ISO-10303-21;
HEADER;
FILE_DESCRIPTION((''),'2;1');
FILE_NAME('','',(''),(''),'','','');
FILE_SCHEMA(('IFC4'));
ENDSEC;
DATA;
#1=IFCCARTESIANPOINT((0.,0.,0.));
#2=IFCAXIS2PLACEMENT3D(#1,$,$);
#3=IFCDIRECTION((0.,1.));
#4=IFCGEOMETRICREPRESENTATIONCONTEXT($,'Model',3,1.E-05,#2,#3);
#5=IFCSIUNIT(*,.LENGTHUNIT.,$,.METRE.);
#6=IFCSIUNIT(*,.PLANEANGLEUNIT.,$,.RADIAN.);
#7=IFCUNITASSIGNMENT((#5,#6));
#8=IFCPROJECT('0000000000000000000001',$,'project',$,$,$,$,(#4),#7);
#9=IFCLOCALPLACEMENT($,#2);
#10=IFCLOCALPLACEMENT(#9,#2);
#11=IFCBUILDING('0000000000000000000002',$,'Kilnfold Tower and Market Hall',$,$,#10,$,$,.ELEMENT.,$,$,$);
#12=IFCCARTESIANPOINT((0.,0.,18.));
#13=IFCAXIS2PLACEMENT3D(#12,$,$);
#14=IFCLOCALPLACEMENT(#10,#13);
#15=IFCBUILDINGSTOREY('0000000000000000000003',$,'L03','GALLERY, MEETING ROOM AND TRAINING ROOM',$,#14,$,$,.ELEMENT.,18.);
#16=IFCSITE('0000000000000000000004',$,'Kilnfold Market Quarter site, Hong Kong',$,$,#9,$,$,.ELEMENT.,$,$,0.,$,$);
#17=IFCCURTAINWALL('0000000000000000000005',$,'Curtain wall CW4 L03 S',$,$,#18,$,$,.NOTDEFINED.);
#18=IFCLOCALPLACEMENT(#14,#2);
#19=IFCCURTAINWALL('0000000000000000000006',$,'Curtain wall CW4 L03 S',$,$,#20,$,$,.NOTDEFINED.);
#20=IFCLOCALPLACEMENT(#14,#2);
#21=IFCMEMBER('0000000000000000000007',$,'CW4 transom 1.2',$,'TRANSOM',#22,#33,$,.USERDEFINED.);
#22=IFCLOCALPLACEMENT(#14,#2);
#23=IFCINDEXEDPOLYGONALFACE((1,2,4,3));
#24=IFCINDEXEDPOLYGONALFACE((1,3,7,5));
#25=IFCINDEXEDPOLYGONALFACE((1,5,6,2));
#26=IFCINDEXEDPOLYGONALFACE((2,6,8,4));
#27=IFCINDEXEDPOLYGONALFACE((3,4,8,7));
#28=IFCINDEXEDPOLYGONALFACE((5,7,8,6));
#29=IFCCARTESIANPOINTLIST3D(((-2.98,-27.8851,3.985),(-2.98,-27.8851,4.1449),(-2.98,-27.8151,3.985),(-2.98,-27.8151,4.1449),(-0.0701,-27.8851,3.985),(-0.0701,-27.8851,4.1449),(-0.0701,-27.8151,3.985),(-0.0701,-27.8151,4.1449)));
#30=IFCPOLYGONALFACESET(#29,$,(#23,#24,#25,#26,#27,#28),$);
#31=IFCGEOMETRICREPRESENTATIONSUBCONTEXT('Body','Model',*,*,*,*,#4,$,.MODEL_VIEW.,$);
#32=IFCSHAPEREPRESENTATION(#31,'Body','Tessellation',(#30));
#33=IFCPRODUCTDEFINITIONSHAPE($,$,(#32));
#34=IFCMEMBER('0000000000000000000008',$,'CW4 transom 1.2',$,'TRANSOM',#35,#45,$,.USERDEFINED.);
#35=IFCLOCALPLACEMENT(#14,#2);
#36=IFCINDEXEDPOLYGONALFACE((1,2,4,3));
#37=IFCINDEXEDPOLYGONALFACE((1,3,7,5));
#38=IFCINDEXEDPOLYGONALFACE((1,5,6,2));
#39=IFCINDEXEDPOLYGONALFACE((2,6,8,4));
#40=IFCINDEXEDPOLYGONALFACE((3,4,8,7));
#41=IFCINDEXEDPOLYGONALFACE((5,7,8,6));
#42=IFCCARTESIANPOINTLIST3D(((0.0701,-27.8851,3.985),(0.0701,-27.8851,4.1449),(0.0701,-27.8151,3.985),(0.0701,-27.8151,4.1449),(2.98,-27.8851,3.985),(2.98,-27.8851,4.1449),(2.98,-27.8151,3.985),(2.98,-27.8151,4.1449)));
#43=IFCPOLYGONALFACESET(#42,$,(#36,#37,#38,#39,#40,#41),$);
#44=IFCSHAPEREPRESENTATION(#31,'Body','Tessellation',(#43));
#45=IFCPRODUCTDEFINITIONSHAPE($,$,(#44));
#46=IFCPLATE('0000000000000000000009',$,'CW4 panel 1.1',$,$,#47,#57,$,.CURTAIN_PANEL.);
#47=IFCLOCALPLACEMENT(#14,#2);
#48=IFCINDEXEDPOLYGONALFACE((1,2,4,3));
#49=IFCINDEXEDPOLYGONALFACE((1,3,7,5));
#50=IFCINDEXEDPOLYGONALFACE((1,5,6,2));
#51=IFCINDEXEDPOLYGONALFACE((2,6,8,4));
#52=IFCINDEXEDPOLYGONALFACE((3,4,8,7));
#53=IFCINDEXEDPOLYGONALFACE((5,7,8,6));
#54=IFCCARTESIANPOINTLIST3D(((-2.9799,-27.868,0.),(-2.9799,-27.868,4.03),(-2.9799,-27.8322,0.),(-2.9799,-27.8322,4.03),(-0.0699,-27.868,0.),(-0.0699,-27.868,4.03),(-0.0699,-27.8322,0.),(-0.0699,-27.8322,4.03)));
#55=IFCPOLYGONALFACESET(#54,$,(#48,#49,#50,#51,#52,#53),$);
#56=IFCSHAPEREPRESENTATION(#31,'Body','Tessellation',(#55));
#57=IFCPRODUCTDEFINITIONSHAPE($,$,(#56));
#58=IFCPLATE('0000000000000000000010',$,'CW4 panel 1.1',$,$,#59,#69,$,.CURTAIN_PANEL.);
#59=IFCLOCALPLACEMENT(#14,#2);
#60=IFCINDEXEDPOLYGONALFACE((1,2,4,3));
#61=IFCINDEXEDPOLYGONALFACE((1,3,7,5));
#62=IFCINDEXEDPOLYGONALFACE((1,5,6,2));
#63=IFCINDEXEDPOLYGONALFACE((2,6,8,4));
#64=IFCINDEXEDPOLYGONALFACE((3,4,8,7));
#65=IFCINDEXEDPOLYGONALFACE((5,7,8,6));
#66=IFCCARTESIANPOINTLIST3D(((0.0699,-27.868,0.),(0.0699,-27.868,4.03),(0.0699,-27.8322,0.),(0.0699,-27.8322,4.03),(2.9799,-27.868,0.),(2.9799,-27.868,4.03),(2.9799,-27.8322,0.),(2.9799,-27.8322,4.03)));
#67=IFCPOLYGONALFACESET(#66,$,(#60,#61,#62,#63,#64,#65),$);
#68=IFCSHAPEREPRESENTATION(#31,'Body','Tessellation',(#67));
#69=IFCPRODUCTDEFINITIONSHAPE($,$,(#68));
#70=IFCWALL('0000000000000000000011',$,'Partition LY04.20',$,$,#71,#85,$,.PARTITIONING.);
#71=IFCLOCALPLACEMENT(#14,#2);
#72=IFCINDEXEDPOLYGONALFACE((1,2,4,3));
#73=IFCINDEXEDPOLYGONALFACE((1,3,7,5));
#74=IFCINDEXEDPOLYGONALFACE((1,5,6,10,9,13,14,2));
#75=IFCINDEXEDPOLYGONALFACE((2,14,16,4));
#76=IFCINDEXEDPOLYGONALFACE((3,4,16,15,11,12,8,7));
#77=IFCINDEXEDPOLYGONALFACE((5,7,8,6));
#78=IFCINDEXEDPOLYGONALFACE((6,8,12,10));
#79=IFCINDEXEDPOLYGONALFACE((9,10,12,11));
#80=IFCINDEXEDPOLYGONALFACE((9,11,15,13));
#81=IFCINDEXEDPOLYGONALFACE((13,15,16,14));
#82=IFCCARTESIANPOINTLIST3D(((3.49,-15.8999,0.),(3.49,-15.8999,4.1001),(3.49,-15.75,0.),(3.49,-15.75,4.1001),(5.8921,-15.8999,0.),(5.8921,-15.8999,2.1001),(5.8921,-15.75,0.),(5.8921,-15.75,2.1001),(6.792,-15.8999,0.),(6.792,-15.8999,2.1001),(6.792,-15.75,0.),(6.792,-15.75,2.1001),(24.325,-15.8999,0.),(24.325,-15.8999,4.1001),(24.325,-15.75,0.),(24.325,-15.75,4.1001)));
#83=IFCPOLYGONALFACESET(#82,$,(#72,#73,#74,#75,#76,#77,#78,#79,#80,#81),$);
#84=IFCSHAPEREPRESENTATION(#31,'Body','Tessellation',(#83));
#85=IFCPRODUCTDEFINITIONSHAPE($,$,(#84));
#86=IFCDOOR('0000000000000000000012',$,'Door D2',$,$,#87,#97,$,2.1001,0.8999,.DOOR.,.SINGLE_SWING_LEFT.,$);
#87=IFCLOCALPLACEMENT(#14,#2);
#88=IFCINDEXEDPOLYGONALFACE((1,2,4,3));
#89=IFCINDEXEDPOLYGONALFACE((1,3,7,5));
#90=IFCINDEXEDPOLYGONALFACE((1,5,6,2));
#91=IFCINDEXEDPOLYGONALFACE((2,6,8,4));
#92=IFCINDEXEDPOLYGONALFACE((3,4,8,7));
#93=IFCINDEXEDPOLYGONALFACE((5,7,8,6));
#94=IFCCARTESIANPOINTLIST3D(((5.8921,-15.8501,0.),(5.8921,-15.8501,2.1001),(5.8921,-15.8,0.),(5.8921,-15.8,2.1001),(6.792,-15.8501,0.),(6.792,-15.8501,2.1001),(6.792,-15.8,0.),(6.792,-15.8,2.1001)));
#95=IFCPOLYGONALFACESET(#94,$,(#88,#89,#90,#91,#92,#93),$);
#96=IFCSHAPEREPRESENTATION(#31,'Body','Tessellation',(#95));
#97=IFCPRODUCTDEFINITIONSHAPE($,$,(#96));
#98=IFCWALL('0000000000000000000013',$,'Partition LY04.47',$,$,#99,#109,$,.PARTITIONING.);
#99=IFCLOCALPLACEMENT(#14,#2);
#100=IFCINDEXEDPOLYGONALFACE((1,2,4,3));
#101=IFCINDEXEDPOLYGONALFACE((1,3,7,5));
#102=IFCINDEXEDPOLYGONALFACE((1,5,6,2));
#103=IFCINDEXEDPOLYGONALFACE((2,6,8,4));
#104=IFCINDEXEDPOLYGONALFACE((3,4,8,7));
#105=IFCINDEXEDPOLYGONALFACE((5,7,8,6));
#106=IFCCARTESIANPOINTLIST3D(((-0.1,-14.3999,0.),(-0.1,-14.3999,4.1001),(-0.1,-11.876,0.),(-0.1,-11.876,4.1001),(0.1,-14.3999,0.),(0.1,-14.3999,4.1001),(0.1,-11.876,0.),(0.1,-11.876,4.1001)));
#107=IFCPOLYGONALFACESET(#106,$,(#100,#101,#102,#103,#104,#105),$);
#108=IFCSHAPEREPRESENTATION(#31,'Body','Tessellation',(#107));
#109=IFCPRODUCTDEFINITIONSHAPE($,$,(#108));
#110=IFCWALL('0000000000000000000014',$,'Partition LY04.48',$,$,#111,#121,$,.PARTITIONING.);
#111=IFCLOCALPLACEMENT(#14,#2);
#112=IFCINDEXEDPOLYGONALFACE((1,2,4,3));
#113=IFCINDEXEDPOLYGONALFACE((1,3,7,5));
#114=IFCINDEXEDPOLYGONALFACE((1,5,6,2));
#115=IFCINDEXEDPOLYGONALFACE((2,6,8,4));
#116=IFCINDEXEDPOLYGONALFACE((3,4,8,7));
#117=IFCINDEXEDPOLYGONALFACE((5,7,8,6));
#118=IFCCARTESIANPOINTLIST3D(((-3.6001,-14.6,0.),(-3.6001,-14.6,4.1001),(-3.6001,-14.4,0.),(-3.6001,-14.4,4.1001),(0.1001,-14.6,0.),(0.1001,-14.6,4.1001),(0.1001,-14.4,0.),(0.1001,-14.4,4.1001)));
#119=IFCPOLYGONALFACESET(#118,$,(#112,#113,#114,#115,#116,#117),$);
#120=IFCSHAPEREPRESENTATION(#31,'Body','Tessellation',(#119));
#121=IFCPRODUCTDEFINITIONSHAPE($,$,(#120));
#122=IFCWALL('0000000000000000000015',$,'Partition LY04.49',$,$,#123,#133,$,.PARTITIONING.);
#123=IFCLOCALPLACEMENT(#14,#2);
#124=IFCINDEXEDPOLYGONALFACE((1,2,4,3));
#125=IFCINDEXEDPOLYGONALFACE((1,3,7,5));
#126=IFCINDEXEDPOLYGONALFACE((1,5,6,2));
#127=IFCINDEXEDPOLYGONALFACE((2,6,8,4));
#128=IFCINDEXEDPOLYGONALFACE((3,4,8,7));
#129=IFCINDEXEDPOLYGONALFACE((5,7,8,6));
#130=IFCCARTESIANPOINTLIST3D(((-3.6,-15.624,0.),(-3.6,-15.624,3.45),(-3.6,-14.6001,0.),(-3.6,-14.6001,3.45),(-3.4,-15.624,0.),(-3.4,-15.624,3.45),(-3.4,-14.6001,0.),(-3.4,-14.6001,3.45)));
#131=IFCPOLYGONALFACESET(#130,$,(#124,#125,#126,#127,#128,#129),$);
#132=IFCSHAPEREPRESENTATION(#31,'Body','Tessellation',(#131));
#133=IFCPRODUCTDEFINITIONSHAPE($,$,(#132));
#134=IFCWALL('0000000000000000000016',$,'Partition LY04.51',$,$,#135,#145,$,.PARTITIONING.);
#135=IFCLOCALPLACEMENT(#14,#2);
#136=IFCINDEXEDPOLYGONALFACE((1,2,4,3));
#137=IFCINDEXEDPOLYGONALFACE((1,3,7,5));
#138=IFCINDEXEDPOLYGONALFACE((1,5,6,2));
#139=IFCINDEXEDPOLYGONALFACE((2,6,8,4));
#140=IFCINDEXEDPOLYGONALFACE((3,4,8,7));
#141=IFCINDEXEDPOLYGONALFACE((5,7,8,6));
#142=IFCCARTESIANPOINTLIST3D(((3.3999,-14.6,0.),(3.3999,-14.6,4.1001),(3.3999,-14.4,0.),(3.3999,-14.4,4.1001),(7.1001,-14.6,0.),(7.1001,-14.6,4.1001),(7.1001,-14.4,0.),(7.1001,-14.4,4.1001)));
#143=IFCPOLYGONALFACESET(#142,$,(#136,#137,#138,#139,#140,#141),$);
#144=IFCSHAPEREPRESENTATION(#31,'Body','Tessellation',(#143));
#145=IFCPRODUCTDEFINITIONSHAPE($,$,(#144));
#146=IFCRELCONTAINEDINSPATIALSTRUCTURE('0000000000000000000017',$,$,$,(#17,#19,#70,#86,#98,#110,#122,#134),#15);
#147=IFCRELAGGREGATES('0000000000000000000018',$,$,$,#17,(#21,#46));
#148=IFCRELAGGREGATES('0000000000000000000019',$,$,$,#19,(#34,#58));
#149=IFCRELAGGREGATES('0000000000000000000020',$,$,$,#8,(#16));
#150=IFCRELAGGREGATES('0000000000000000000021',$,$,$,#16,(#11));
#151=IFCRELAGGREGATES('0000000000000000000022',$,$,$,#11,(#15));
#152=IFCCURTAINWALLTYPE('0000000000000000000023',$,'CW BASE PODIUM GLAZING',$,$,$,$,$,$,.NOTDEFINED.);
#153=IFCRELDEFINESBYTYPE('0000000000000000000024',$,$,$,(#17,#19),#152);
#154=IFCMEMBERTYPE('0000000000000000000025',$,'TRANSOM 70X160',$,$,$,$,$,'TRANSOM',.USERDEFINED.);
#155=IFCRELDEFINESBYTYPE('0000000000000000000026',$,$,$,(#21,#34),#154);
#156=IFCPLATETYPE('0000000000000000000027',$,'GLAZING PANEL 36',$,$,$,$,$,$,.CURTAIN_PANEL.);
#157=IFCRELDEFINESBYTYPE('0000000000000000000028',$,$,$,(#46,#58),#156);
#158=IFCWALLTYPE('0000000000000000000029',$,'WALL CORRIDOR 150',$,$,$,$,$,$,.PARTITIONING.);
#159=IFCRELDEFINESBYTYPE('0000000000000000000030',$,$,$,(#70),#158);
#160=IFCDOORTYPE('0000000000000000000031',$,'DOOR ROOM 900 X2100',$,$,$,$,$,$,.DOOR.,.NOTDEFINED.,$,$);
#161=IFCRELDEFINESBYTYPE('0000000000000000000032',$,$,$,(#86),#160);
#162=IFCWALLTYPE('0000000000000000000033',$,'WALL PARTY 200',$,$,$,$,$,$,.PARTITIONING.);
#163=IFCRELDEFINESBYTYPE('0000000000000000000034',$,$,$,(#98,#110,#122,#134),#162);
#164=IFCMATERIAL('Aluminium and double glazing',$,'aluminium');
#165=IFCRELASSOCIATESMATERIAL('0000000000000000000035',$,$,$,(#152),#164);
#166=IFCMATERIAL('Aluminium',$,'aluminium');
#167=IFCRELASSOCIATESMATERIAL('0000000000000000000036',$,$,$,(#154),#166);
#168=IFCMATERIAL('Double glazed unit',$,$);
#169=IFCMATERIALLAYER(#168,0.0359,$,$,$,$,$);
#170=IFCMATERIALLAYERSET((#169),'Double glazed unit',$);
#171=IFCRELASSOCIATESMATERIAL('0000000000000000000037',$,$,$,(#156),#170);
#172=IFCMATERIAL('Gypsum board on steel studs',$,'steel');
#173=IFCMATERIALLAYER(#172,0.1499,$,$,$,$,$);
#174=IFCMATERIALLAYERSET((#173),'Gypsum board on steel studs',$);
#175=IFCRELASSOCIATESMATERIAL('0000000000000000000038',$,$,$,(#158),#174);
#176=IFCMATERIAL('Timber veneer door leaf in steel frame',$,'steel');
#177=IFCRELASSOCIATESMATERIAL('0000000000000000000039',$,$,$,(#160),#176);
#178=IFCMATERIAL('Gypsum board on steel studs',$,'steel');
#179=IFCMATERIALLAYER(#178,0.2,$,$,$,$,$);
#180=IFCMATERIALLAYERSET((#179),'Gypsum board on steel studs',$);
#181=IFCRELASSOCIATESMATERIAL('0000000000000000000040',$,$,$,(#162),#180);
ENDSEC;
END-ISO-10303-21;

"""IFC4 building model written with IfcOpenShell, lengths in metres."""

from ifc_helpers import new_model, si_unit, direction, frame, frame_2d, origin, origin_2d, place, context, subcontext, project, spatial, rectangle, extrude, source, transform, mapped, material, layer, layer_set, material_profile, profile_set, type_object, element, fill, aggregate, save


model = new_model("IFC4")

# Units and contexts
model_context = context("Model", 3, precision=1e-05, world=origin(), true_north=direction((0.0, 1.0)))
body_context = subcontext(model_context, "Body", "Model", "MODEL_VIEW")
ifc_project = project(units=[si_unit("LENGTHUNIT", "METRE"), si_unit("PLANEANGLEUNIT", "RADIAN")], contexts=[model_context])

# Site, building, storey
site_placement = place(None, origin())
site = spatial("IfcSite", under=ifc_project, at=site_placement, Name="Kilnfold Market Quarter site, Hong Kong", CompositionType="ELEMENT", RefElevation=0.0)
building_placement = place(site_placement, origin())
building = spatial("IfcBuilding", under=site, at=building_placement, Name="Kilnfold Tower and Market Hall", CompositionType="ELEMENT")
storey_placement = place(building_placement, frame((0.0, 0.0, 18.0)))
storey = spatial("IfcBuildingStorey", under=building, at=storey_placement, Name="L03", Description="GALLERY, MEETING ROOM AND TRAINING ROOM", CompositionType="ELEMENT", Elevation=18.0)

# Shared definitions
ifc_material_1 = material(Name="Aluminium and double glazing", Category="aluminium")
curtain_wall_type = type_object("IfcCurtainWallType", Name="CW BASE PODIUM GLAZING", PredefinedType="NOTDEFINED", material=ifc_material_1)

# Curtain walls
curtain_wall_1_placement = place(storey_placement, origin())
curtain_wall_1 = element("IfcCurtainWall", 1, at=curtain_wall_1_placement, inside=storey, type_object=curtain_wall_type, Name="Curtain wall CW4 L03 S", PredefinedType="NOTDEFINED")
curtain_wall_2_placement = place(storey_placement, origin())
curtain_wall_2 = element("IfcCurtainWall", 2, at=curtain_wall_2_placement, inside=storey, type_object=curtain_wall_type, Name="Curtain wall CW4 L03 S", PredefinedType="NOTDEFINED")

# Members
ifc_material_2 = material(Name="Aluminium", Category="aluminium")
ifc_material_profile_1 = material_profile(ifc_material_2, rectangle(XDim=0.0701, YDim=0.1599, at=origin_2d()), Name="TRANSOM 70x160")
ifc_profile_set_1 = profile_set([ifc_material_profile_1], Name="Aluminium")
member_type_1 = type_object("IfcMemberType", Name="TRANSOM 70X160", ElementType="TRANSOM", PredefinedType="USERDEFINED", material=ifc_profile_set_1)
shared_shape_1 = source(origin(), body_context, "Body", "SweptSolid", [
    extrude(rectangle(XDim=0.0701, YDim=0.1599, at=origin_2d()), origin(), (0.0, 0.0, 1.0), 2.9099),
])
member_1_placement = place(storey_placement, frame((-2.98, -27.8501, 4.0649), z_axis=(1.0, 0.0, 0.0), x_axis=(0.0, 1.0, 0.0)))
member_1 = element("IfcMember", 3, at=member_1_placement, type_object=member_type_1, Name="CW4 transom 1.2", ObjectType="TRANSOM", PredefinedType="USERDEFINED", context=body_context, shape_type="MappedRepresentation", body=[
    mapped(shared_shape_1, transform((0.0, 0.0, 0.0))),
])
member_2_placement = place(storey_placement, frame((0.0701, -27.8501, 4.0649), z_axis=(1.0, 0.0, 0.0), x_axis=(0.0, 1.0, 0.0)))
member_2 = element("IfcMember", 4, at=member_2_placement, type_object=member_type_1, Name="CW4 transom 1.2", ObjectType="TRANSOM", PredefinedType="USERDEFINED", context=body_context, shape_type="MappedRepresentation", body=[
    mapped(shared_shape_1, transform((0.0, 0.0, 0.0))),
])

# Plates
ifc_material_3 = material(Name="Double glazed unit")
ifc_layer_1 = layer(ifc_material_3, 0.0359)
ifc_layer_set_1 = layer_set([ifc_layer_1], Name="Double glazed unit")
plate_type = type_object("IfcPlateType", Name="GLAZING PANEL 36", PredefinedType="CURTAIN_PANEL", material=ifc_layer_set_1)
shared_shape_2 = source(origin(), body_context, "Body", "SweptSolid", [
    extrude(rectangle(XDim=2.9099, YDim=0.0359, at=origin_2d()), origin(), (0.0, 0.0, 1.0), 4.03),
])
plate_1_placement = place(storey_placement, frame((-1.5249, -27.8501, 0.0), z_axis=(0.0, 0.0, 1.0), x_axis=(1.0, 0.0, 0.0)))
plate_1 = element("IfcPlate", 5, at=plate_1_placement, type_object=plate_type, Name="CW4 panel 1.1", PredefinedType="CURTAIN_PANEL", context=body_context, shape_type="MappedRepresentation", body=[
    mapped(shared_shape_2, transform((0.0, 0.0, 0.0))),
])
aggregate(curtain_wall_1, [member_1, plate_1])
plate_2_placement = place(storey_placement, frame((1.5249, -27.8501, 0.0), z_axis=(0.0, 0.0, 1.0), x_axis=(1.0, 0.0, 0.0)))
plate_2 = element("IfcPlate", 6, at=plate_2_placement, type_object=plate_type, Name="CW4 panel 1.1", PredefinedType="CURTAIN_PANEL", context=body_context, shape_type="MappedRepresentation", body=[
    mapped(shared_shape_2, transform((0.0, 0.0, 0.0))),
])
aggregate(curtain_wall_2, [member_2, plate_2])

# Wall, opening, door
ifc_material_4 = material(Name="Gypsum board on steel studs", Category="steel")
ifc_layer_2 = layer(ifc_material_4, 0.1499)
ifc_layer_set_2 = layer_set([ifc_layer_2], Name="Gypsum board on steel studs")
wall_type_1 = type_object("IfcWallType", Name="WALL CORRIDOR 150", PredefinedType="PARTITIONING", material=ifc_layer_set_2)
wall_1_placement = place(storey_placement, frame((3.49, -15.825, 0.0), z_axis=(0.0, 0.0, 1.0), x_axis=(1.0, 0.0, 0.0)))
wall_1 = element("IfcWall", 7, at=wall_1_placement, inside=storey, type_object=wall_type_1, Name="Partition LY04.20", PredefinedType="PARTITIONING", context=body_context, shape_type="SweptSolid", body=[
    extrude(rectangle(XDim=20.835, YDim=0.1499, at=frame_2d((10.4175, 0.0))), origin(), (0.0, 0.0, 1.0), 4.1001),
])
opening_placement = place(wall_1_placement, frame((2.4021, 0.0, 0.0)))
opening = element("IfcOpeningElement", 8, at=opening_placement, cuts=wall_1, PredefinedType="OPENING", context=body_context, shape_type="SweptSolid", body=[
    extrude(rectangle(XDim=0.8999, YDim=2.1001, at=frame_2d((0.45, 1.05))), frame((0.0, 0.085, 0.0), z_axis=(0.0, -1.0, 0.0), x_axis=(1.0, 0.0, 0.0)), (0.0, 0.0, 1.0), 0.1699),
])
ifc_material_5 = material(Name="Timber veneer door leaf in steel frame", Category="steel")
door_type = type_object("IfcDoorType", Name="DOOR ROOM 900 X2100", OperationType="NOTDEFINED", PredefinedType="DOOR", material=ifc_material_5)
door_placement = place(opening_placement, origin())
door = element("IfcDoor", 9, at=door_placement, inside=storey, type_object=door_type, Name="Door D2", OperationType="SINGLE_SWING_LEFT", OverallHeight=2.1001, OverallWidth=0.8999, PredefinedType="DOOR", context=body_context, shape_type="SweptSolid", body=[
    extrude(rectangle(XDim=0.8999, YDim=2.1001, at=frame_2d((0.45, 1.05))), frame((0.0, 0.0249, 0.0), z_axis=(0.0, -1.0, 0.0), x_axis=(1.0, 0.0, 0.0)), (0.0, 0.0, 1.0), 0.05),
])
fill(opening, door)

# Walls
ifc_material_6 = material(Name="Gypsum board on steel studs", Category="steel")
ifc_layer_3 = layer(ifc_material_6, 0.2)
ifc_layer_set_3 = layer_set([ifc_layer_3], Name="Gypsum board on steel studs")
wall_type_2 = type_object("IfcWallType", Name="WALL PARTY 200", PredefinedType="PARTITIONING", material=ifc_layer_set_3)
wall_2_placement = place(storey_placement, frame((0.0, -14.3999, 0.0), z_axis=(0.0, 0.0, 1.0), x_axis=(0.0, 1.0, 0.0)))
element("IfcWall", 10, at=wall_2_placement, inside=storey, type_object=wall_type_2, Name="Partition LY04.47", PredefinedType="PARTITIONING", context=body_context, shape_type="SweptSolid", body=[
    extrude(rectangle(XDim=2.5239, YDim=0.2, at=frame_2d((1.262, 0.0))), origin(), (0.0, 0.0, 1.0), 4.1001),
])
wall_3_placement = place(storey_placement, frame((-3.6001, -14.5, 0.0), z_axis=(0.0, 0.0, 1.0), x_axis=(1.0, 0.0, 0.0)))
element("IfcWall", 11, at=wall_3_placement, inside=storey, type_object=wall_type_2, Name="Partition LY04.48", PredefinedType="PARTITIONING", context=body_context, shape_type="SweptSolid", body=[
    extrude(rectangle(XDim=3.7002, YDim=0.2, at=frame_2d((1.8501, 0.0))), origin(), (0.0, 0.0, 1.0), 4.1001),
])
wall_4_placement = place(storey_placement, frame((-3.5, -15.624, 0.0), z_axis=(0.0, 0.0, 1.0), x_axis=(0.0, 1.0, 0.0)))
element("IfcWall", 12, at=wall_4_placement, inside=storey, type_object=wall_type_2, Name="Partition LY04.49", PredefinedType="PARTITIONING", context=body_context, shape_type="SweptSolid", body=[
    extrude(rectangle(XDim=1.0239, YDim=0.2, at=frame_2d((0.512, 0.0))), origin(), (0.0, 0.0, 1.0), 3.45),
])
wall_5_placement = place(storey_placement, frame((3.3999, -14.5, 0.0), z_axis=(0.0, 0.0, 1.0), x_axis=(1.0, 0.0, 0.0)))
element("IfcWall", 13, at=wall_5_placement, inside=storey, type_object=wall_type_2, Name="Partition LY04.51", PredefinedType="PARTITIONING", context=body_context, shape_type="SweptSolid", body=[
    extrude(rectangle(XDim=3.7002, YDim=0.2, at=frame_2d((1.8501, 0.0))), origin(), (0.0, 0.0, 1.0), 4.1001),
])

save(model, "model.ifc")
